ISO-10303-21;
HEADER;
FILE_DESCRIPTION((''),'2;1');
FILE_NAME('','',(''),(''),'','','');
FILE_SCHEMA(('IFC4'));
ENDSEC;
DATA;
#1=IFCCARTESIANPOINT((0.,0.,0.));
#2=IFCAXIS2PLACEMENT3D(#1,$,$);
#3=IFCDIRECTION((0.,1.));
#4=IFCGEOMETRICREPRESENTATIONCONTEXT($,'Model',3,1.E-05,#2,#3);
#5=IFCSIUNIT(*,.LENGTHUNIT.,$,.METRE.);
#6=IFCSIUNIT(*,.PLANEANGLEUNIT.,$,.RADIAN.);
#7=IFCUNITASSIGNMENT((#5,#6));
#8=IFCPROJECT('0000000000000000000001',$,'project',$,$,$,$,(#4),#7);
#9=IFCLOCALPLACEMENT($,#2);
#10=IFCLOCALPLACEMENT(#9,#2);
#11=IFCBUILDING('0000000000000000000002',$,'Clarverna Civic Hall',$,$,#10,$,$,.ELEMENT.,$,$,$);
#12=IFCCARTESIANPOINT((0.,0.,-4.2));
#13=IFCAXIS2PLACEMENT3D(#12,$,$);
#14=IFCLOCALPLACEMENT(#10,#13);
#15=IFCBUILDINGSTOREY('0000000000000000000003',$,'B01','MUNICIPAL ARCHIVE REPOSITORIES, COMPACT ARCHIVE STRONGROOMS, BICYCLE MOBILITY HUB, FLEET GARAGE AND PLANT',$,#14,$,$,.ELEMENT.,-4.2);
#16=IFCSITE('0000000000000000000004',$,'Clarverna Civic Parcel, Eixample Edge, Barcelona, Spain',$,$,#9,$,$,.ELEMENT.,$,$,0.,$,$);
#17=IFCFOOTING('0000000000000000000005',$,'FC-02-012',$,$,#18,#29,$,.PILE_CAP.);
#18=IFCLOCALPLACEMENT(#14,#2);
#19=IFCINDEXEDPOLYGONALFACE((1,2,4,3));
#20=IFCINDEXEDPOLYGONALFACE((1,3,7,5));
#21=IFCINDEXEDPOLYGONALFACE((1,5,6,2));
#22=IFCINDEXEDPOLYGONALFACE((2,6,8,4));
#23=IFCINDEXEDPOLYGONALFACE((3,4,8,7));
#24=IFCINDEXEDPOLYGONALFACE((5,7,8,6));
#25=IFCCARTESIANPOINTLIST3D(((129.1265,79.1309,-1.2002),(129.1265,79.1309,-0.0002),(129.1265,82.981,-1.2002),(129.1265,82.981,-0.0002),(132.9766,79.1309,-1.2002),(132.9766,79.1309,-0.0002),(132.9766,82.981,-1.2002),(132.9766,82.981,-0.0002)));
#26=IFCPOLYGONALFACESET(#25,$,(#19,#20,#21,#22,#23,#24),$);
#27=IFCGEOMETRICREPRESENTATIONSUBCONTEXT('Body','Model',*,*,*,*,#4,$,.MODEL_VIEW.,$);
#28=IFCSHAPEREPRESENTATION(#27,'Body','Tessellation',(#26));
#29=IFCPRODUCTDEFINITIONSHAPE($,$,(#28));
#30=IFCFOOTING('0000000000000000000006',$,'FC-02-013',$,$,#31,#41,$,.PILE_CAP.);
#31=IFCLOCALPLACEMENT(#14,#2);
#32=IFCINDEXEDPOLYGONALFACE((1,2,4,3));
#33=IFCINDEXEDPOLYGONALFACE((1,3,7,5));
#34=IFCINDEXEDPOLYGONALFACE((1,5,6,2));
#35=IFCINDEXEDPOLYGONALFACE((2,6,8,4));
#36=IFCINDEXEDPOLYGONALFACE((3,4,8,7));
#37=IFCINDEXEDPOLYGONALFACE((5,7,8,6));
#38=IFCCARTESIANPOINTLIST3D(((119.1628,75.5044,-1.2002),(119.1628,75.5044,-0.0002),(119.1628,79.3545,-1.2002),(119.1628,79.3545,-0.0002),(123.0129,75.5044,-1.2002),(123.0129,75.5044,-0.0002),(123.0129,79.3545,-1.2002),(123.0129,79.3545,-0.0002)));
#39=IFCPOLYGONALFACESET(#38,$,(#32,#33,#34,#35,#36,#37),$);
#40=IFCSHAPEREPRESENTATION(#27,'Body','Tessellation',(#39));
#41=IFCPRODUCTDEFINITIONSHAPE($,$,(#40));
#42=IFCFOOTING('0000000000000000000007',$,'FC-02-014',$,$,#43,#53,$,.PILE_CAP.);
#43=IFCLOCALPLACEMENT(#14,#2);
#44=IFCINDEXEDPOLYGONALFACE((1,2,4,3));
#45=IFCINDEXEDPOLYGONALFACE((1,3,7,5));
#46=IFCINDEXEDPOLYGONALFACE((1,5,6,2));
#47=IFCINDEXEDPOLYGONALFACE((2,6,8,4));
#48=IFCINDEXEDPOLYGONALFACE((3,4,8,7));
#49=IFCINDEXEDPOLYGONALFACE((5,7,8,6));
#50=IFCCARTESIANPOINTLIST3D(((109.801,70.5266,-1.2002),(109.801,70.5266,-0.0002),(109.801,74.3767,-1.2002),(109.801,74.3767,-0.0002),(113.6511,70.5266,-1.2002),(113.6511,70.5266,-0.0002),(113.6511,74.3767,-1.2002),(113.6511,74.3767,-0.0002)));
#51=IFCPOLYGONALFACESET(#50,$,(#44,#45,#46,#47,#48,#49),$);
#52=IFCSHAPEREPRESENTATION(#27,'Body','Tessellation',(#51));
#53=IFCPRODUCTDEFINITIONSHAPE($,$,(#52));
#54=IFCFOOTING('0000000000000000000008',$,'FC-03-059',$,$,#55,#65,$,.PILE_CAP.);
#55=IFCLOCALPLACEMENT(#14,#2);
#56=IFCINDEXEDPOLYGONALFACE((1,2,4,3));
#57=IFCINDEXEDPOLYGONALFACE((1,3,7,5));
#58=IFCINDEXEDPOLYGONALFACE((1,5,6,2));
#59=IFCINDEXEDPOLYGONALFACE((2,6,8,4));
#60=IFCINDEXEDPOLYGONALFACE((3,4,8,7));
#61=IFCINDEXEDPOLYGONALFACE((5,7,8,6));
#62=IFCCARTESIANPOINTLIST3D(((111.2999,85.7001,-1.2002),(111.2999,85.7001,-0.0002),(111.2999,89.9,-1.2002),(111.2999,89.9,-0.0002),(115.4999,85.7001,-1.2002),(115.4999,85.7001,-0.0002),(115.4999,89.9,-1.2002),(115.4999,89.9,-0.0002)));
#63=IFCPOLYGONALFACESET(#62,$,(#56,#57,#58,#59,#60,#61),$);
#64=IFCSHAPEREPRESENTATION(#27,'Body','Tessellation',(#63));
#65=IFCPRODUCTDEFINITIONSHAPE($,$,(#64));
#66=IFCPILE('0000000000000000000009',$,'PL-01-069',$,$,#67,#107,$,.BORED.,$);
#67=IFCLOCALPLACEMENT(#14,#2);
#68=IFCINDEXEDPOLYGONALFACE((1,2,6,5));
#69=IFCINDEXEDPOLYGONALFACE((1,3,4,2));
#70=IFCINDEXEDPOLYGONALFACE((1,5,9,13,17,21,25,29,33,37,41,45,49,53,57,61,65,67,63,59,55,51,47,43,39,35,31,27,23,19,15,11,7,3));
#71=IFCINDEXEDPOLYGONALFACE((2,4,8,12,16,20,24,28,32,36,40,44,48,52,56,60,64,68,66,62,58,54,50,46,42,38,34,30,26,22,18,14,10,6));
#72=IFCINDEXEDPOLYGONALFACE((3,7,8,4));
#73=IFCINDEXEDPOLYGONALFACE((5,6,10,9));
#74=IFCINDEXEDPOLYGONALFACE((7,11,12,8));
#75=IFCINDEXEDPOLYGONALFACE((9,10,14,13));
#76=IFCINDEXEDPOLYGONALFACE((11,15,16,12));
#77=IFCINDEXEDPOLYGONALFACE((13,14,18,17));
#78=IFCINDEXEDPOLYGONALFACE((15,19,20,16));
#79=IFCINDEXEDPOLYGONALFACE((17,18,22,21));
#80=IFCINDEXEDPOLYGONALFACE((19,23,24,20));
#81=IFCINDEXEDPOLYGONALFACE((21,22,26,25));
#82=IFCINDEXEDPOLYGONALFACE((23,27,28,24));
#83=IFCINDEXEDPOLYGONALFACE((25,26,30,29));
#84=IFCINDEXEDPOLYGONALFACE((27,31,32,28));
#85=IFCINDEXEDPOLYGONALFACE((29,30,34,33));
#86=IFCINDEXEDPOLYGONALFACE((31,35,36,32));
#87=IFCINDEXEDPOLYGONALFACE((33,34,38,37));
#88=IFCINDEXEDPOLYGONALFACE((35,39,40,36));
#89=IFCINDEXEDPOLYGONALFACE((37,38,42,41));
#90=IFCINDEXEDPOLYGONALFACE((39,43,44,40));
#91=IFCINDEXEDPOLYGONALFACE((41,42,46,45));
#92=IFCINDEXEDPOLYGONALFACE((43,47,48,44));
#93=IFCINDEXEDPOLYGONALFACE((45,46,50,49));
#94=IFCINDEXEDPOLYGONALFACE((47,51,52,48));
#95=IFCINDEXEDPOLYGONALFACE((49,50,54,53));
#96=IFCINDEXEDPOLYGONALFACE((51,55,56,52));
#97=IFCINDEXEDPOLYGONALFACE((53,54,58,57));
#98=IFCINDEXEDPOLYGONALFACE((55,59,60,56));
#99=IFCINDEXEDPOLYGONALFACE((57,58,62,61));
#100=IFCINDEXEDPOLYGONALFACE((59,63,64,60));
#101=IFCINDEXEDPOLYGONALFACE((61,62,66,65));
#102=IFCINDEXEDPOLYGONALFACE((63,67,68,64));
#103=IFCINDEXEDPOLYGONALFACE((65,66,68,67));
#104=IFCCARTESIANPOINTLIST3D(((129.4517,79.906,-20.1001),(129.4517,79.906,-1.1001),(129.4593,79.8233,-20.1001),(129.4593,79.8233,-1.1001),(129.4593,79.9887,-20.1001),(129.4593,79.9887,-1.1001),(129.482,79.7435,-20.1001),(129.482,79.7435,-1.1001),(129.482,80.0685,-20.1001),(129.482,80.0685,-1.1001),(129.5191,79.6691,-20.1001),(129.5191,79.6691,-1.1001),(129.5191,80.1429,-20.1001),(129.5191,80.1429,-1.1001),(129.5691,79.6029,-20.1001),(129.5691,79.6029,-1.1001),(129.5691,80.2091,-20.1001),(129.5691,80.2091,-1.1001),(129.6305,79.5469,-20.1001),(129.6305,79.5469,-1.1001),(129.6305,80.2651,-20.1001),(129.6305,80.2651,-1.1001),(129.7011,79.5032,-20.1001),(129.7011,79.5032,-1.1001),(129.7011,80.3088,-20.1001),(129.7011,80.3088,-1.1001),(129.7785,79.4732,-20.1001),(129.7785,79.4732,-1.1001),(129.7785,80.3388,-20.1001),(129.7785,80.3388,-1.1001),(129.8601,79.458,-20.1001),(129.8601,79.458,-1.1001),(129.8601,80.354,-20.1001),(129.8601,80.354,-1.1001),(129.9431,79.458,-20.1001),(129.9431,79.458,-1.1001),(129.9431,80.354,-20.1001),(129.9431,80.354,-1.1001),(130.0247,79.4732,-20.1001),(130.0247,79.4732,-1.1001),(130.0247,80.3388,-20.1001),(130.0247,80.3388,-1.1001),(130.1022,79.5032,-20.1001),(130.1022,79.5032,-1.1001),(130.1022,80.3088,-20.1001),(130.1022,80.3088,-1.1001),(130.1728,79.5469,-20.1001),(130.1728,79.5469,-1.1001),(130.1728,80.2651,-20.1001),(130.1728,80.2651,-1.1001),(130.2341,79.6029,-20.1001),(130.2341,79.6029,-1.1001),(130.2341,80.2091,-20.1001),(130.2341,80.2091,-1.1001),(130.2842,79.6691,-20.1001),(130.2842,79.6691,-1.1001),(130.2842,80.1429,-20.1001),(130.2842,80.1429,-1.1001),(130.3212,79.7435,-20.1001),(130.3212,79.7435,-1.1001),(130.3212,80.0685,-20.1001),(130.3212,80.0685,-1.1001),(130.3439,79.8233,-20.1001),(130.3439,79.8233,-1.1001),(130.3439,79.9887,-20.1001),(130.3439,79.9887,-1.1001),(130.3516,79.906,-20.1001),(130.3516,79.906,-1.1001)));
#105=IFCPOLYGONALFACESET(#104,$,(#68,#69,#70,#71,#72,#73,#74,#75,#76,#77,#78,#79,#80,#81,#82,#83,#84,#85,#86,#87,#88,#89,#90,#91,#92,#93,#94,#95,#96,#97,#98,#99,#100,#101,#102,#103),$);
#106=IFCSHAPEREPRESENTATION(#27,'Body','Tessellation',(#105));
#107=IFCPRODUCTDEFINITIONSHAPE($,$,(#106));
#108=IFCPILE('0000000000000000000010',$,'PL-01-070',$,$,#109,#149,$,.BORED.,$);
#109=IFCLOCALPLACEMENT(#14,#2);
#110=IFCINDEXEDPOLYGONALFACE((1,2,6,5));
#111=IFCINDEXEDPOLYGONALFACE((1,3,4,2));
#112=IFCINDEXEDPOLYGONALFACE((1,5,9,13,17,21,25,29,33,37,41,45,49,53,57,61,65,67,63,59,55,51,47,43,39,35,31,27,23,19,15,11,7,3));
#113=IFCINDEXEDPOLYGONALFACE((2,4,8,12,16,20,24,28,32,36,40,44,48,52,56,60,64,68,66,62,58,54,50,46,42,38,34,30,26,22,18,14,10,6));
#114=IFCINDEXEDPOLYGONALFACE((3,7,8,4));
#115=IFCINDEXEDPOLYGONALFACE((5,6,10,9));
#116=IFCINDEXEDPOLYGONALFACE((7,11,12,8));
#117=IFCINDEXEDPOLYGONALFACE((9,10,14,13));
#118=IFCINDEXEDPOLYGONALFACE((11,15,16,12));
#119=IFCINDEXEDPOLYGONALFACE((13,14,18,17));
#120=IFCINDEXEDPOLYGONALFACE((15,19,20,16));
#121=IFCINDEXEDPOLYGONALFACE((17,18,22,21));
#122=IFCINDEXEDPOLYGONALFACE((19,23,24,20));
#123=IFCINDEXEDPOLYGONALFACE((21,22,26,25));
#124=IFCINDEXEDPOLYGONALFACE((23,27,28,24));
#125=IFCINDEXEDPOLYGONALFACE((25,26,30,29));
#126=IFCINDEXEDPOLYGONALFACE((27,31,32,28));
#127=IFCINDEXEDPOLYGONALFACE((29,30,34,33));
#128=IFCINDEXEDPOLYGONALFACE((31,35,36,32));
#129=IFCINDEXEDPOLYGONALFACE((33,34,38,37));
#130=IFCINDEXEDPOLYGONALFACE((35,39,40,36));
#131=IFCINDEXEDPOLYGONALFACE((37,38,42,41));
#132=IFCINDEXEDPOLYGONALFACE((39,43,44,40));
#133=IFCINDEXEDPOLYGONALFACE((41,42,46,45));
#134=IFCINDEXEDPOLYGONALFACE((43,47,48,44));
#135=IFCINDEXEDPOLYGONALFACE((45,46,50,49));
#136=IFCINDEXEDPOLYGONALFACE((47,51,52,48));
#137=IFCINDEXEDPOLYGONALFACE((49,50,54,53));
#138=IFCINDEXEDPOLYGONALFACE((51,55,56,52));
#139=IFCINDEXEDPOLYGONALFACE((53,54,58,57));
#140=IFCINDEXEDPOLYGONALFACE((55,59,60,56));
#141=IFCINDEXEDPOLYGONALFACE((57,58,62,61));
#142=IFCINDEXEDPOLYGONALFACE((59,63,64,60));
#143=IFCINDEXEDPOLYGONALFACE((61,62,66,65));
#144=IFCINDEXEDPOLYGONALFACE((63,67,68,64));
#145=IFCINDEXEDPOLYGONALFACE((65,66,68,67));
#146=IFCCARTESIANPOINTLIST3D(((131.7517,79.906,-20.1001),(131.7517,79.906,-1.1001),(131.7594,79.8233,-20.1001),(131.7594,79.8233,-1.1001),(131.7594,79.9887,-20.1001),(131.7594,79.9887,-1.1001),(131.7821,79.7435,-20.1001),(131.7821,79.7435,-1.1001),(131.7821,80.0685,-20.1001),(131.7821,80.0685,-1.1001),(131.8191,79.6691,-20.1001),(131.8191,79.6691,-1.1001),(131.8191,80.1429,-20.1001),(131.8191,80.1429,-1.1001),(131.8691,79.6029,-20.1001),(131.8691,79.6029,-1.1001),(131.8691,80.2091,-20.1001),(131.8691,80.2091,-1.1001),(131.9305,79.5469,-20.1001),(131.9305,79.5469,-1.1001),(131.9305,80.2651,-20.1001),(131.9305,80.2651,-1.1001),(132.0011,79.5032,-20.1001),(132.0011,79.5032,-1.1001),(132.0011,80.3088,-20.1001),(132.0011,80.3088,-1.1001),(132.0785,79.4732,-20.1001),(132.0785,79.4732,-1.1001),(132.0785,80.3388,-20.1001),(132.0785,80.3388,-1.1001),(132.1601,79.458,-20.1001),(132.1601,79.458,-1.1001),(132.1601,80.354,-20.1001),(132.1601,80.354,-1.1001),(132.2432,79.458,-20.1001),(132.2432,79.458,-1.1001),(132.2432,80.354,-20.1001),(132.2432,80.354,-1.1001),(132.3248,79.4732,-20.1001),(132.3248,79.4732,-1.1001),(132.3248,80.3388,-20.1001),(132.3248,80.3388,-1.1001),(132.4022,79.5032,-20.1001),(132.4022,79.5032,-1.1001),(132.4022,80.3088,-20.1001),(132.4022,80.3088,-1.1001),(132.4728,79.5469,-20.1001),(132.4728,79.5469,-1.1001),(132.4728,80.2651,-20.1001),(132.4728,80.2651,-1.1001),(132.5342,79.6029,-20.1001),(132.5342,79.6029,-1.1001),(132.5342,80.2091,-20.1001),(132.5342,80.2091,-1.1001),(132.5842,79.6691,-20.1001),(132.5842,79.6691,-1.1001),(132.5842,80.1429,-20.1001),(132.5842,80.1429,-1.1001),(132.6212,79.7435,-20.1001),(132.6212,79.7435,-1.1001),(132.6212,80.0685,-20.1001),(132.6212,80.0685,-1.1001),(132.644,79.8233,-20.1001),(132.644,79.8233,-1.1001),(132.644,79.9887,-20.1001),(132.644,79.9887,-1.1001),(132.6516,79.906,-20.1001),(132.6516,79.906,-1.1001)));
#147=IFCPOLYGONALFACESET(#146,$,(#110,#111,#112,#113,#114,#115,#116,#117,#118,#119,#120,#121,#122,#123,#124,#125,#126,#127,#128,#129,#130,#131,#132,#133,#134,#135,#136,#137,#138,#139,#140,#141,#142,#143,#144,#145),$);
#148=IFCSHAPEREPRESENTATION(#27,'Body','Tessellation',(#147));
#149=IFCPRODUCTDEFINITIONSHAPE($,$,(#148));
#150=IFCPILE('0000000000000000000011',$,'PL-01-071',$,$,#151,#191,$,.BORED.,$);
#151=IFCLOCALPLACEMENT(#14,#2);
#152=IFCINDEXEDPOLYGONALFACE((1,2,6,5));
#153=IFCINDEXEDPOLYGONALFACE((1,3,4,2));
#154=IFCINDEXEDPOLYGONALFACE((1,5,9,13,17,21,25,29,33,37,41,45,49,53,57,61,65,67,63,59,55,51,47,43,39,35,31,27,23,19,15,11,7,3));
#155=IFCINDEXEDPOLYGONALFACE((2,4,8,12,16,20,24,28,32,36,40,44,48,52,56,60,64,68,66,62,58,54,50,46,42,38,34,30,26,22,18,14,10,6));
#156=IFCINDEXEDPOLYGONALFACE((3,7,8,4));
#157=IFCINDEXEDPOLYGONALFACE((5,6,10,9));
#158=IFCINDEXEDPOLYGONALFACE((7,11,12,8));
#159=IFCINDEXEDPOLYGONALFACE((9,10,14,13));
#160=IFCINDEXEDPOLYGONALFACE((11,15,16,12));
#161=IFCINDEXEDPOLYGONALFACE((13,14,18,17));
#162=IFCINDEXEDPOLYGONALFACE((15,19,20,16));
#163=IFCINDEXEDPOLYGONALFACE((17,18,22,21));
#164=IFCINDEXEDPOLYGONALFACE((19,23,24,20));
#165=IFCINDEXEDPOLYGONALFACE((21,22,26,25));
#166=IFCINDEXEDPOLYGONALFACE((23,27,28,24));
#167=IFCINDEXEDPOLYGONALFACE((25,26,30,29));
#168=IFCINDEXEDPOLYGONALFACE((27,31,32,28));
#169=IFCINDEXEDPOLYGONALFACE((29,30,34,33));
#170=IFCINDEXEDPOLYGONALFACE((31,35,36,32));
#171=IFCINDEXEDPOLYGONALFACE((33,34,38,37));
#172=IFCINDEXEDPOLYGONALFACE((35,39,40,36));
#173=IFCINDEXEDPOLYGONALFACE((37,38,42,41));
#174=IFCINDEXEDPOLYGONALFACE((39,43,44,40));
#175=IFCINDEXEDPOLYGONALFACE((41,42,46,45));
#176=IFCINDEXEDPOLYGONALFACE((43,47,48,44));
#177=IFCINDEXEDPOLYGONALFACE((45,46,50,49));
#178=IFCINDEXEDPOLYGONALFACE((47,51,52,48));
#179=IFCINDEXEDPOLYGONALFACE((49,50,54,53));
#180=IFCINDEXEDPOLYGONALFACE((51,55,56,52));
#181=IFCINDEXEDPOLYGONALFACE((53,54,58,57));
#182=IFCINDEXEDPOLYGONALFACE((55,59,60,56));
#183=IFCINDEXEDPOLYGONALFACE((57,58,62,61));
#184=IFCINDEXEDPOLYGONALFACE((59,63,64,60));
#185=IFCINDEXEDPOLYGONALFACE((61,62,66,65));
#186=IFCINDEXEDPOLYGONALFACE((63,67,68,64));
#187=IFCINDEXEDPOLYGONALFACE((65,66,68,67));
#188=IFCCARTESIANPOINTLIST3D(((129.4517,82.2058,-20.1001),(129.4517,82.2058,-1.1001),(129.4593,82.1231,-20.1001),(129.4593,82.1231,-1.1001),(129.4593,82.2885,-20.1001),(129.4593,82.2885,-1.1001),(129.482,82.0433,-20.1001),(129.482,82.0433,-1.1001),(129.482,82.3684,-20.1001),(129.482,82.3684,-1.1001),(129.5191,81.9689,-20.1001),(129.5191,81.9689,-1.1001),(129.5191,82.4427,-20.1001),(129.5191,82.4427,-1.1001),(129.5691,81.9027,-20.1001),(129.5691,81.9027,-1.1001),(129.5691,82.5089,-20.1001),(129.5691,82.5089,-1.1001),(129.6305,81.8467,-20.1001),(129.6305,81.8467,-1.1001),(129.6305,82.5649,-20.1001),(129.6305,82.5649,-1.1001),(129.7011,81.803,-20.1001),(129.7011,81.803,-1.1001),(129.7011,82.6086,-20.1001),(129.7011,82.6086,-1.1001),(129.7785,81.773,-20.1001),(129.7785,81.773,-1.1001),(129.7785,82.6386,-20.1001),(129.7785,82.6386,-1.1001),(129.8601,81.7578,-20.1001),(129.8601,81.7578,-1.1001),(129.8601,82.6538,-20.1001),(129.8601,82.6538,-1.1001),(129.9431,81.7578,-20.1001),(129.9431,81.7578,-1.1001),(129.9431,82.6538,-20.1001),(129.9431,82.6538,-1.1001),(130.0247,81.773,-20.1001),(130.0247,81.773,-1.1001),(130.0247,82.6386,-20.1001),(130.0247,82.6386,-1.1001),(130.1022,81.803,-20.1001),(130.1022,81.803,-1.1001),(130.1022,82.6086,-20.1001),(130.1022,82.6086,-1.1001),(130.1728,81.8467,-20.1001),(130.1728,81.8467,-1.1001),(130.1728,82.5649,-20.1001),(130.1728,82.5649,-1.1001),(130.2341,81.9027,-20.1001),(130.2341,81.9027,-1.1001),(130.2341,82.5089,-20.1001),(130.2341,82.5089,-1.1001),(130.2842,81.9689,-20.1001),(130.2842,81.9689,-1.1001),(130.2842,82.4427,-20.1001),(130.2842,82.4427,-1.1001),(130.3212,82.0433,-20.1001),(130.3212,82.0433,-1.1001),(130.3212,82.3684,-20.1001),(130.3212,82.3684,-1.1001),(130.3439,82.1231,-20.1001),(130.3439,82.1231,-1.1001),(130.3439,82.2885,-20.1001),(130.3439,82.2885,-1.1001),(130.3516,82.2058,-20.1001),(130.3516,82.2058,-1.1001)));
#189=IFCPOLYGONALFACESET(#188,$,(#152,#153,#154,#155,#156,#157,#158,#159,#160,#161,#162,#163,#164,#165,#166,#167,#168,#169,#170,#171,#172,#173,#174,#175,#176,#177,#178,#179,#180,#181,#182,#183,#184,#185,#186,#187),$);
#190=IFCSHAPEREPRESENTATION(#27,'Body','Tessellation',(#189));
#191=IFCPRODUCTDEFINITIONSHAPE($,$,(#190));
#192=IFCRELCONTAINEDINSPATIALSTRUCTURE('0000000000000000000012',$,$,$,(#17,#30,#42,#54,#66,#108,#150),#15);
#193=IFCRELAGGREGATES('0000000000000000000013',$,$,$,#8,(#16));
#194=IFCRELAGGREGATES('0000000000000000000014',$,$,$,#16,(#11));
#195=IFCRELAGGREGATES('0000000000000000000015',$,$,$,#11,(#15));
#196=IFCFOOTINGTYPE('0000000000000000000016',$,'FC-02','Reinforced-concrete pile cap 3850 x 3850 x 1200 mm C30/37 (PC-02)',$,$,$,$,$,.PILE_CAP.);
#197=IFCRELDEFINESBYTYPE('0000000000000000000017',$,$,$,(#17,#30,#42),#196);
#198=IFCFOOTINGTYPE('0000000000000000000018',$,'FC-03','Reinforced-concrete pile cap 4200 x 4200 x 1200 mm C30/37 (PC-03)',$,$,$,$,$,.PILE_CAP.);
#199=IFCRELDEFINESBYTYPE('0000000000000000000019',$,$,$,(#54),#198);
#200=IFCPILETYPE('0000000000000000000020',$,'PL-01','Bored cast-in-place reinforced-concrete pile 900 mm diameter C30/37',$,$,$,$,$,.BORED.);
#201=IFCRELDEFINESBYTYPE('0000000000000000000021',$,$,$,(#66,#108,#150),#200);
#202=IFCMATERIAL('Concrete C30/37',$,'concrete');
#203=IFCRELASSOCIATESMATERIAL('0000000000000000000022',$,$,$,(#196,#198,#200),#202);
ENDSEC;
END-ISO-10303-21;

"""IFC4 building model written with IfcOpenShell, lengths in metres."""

from ifc_helpers import new_model, si_unit, direction, frame, origin, origin_2d, place, context, subcontext, project, spatial, rectangle, circle, extrude, material, material_profile, profile_set, type_object, element, save


model = new_model("IFC4")

# Units and contexts
model_context = context("Model", 3, precision=1e-05, world=origin(), true_north=direction((0.0, 1.0)))
body_context = subcontext(model_context, "Body", "Model", "MODEL_VIEW")
ifc_project = project(units=[si_unit("LENGTHUNIT", "METRE"), si_unit("PLANEANGLEUNIT", "RADIAN")], contexts=[model_context])

# Site, building, storey
site_placement = place(None, origin())
site = spatial("IfcSite", under=ifc_project, at=site_placement, Name="Clarverna Civic Parcel, Eixample Edge, Barcelona, Spain", CompositionType="ELEMENT", RefElevation=0.0)
building_placement = place(site_placement, origin())
building = spatial("IfcBuilding", under=site, at=building_placement, Name="Clarverna Civic Hall", CompositionType="ELEMENT")
storey_placement = place(building_placement, frame((0.0, 0.0, -4.2)))
storey = spatial("IfcBuildingStorey", under=building, at=storey_placement, Name="B01", Description="MUNICIPAL ARCHIVE REPOSITORIES, COMPACT ARCHIVE STRONGROOMS, BICYCLE MOBILITY HUB, FLEET GARAGE AND PLANT", CompositionType="ELEMENT", Elevation=-4.2)

# Footings
ifc_material_1 = material(Name="Concrete C30/37", Category="concrete")
footing_type_1 = type_object("IfcFootingType", Name="FC-02", Description="Reinforced-concrete pile cap 3850 x 3850 x 1200 mm C30/37 (PC-02)", PredefinedType="PILE_CAP", material=ifc_material_1)
for number, where, z_axis, x_axis, name in (
    (1, (131.0515, 81.0559, -1.2002), (0.0, 0.0, 1.0), (1.0, 0.0, 0.0), "FC-02-012"),
    (2, (121.0879, 77.4294, -1.2002), (0.0, 0.0, 1.0), (1.0, 0.0, 0.0), "FC-02-013"),
    (3, (111.7261, 72.4517, -1.2002), (0.0, 0.0, 1.0), (1.0, 0.0, 0.0), "FC-02-014"),
):
    element("IfcFooting", number, at=place(storey_placement, frame(where, z_axis=z_axis, x_axis=x_axis)), inside=storey, type_object=footing_type_1, Name=name, PredefinedType="PILE_CAP", context=body_context, shape_type="SweptSolid", body=[
        extrude(rectangle(XDim=3.8501, YDim=3.8501, at=origin_2d()), origin(), (0.0, 0.0, 1.0), 1.2),
    ])
footing_type_2 = type_object("IfcFootingType", Name="FC-03", Description="Reinforced-concrete pile cap 4200 x 4200 x 1200 mm C30/37 (PC-03)", PredefinedType="PILE_CAP", material=ifc_material_1)
footing_placement = place(storey_placement, frame((113.3999, 87.8, -1.2002), z_axis=(0.0, 0.0, 1.0), x_axis=(1.0, 0.0, 0.0)))
element("IfcFooting", 4, at=footing_placement, inside=storey, type_object=footing_type_2, Name="FC-03-059", PredefinedType="PILE_CAP", context=body_context, shape_type="SweptSolid", body=[
    extrude(rectangle(XDim=4.2, YDim=4.2, at=origin_2d()), origin(), (0.0, 0.0, 1.0), 1.2),
])

# Piles
ifc_material_profile_1 = material_profile(ifc_material_1, circle(Radius=0.45, at=origin_2d()), Name="BORED PILE D900")
ifc_profile_set_1 = profile_set([ifc_material_profile_1], Name="Concrete C30/37")
pile_type_1 = type_object("IfcPileType", Name="PL-01", Description="Bored cast-in-place reinforced-concrete pile 900 mm diameter C30/37", PredefinedType="BORED", material=ifc_profile_set_1)
for number, where, z_axis, x_axis, name in (
    (5, (129.9016, 79.906, -1.1001), (0.0, 0.0, -1.0), (1.0, 0.0, 0.0), "PL-01-069"),
    (6, (132.2017, 79.906, -1.1001), (0.0, 0.0, -1.0), (1.0, 0.0, 0.0), "PL-01-070"),
    (7, (129.9016, 82.2058, -1.1001), (0.0, 0.0, -1.0), (1.0, 0.0, 0.0), "PL-01-071"),
):
    element("IfcPile", number, at=place(storey_placement, frame(where, z_axis=z_axis, x_axis=x_axis)), inside=storey, type_object=pile_type_1, Name=name, PredefinedType="BORED", context=body_context, shape_type="SweptSolid", body=[
        extrude(circle(Radius=0.45, at=origin_2d()), origin(), (0.0, 0.0, 1.0), 19.0),
    ])

save(model, "model.ifc")
